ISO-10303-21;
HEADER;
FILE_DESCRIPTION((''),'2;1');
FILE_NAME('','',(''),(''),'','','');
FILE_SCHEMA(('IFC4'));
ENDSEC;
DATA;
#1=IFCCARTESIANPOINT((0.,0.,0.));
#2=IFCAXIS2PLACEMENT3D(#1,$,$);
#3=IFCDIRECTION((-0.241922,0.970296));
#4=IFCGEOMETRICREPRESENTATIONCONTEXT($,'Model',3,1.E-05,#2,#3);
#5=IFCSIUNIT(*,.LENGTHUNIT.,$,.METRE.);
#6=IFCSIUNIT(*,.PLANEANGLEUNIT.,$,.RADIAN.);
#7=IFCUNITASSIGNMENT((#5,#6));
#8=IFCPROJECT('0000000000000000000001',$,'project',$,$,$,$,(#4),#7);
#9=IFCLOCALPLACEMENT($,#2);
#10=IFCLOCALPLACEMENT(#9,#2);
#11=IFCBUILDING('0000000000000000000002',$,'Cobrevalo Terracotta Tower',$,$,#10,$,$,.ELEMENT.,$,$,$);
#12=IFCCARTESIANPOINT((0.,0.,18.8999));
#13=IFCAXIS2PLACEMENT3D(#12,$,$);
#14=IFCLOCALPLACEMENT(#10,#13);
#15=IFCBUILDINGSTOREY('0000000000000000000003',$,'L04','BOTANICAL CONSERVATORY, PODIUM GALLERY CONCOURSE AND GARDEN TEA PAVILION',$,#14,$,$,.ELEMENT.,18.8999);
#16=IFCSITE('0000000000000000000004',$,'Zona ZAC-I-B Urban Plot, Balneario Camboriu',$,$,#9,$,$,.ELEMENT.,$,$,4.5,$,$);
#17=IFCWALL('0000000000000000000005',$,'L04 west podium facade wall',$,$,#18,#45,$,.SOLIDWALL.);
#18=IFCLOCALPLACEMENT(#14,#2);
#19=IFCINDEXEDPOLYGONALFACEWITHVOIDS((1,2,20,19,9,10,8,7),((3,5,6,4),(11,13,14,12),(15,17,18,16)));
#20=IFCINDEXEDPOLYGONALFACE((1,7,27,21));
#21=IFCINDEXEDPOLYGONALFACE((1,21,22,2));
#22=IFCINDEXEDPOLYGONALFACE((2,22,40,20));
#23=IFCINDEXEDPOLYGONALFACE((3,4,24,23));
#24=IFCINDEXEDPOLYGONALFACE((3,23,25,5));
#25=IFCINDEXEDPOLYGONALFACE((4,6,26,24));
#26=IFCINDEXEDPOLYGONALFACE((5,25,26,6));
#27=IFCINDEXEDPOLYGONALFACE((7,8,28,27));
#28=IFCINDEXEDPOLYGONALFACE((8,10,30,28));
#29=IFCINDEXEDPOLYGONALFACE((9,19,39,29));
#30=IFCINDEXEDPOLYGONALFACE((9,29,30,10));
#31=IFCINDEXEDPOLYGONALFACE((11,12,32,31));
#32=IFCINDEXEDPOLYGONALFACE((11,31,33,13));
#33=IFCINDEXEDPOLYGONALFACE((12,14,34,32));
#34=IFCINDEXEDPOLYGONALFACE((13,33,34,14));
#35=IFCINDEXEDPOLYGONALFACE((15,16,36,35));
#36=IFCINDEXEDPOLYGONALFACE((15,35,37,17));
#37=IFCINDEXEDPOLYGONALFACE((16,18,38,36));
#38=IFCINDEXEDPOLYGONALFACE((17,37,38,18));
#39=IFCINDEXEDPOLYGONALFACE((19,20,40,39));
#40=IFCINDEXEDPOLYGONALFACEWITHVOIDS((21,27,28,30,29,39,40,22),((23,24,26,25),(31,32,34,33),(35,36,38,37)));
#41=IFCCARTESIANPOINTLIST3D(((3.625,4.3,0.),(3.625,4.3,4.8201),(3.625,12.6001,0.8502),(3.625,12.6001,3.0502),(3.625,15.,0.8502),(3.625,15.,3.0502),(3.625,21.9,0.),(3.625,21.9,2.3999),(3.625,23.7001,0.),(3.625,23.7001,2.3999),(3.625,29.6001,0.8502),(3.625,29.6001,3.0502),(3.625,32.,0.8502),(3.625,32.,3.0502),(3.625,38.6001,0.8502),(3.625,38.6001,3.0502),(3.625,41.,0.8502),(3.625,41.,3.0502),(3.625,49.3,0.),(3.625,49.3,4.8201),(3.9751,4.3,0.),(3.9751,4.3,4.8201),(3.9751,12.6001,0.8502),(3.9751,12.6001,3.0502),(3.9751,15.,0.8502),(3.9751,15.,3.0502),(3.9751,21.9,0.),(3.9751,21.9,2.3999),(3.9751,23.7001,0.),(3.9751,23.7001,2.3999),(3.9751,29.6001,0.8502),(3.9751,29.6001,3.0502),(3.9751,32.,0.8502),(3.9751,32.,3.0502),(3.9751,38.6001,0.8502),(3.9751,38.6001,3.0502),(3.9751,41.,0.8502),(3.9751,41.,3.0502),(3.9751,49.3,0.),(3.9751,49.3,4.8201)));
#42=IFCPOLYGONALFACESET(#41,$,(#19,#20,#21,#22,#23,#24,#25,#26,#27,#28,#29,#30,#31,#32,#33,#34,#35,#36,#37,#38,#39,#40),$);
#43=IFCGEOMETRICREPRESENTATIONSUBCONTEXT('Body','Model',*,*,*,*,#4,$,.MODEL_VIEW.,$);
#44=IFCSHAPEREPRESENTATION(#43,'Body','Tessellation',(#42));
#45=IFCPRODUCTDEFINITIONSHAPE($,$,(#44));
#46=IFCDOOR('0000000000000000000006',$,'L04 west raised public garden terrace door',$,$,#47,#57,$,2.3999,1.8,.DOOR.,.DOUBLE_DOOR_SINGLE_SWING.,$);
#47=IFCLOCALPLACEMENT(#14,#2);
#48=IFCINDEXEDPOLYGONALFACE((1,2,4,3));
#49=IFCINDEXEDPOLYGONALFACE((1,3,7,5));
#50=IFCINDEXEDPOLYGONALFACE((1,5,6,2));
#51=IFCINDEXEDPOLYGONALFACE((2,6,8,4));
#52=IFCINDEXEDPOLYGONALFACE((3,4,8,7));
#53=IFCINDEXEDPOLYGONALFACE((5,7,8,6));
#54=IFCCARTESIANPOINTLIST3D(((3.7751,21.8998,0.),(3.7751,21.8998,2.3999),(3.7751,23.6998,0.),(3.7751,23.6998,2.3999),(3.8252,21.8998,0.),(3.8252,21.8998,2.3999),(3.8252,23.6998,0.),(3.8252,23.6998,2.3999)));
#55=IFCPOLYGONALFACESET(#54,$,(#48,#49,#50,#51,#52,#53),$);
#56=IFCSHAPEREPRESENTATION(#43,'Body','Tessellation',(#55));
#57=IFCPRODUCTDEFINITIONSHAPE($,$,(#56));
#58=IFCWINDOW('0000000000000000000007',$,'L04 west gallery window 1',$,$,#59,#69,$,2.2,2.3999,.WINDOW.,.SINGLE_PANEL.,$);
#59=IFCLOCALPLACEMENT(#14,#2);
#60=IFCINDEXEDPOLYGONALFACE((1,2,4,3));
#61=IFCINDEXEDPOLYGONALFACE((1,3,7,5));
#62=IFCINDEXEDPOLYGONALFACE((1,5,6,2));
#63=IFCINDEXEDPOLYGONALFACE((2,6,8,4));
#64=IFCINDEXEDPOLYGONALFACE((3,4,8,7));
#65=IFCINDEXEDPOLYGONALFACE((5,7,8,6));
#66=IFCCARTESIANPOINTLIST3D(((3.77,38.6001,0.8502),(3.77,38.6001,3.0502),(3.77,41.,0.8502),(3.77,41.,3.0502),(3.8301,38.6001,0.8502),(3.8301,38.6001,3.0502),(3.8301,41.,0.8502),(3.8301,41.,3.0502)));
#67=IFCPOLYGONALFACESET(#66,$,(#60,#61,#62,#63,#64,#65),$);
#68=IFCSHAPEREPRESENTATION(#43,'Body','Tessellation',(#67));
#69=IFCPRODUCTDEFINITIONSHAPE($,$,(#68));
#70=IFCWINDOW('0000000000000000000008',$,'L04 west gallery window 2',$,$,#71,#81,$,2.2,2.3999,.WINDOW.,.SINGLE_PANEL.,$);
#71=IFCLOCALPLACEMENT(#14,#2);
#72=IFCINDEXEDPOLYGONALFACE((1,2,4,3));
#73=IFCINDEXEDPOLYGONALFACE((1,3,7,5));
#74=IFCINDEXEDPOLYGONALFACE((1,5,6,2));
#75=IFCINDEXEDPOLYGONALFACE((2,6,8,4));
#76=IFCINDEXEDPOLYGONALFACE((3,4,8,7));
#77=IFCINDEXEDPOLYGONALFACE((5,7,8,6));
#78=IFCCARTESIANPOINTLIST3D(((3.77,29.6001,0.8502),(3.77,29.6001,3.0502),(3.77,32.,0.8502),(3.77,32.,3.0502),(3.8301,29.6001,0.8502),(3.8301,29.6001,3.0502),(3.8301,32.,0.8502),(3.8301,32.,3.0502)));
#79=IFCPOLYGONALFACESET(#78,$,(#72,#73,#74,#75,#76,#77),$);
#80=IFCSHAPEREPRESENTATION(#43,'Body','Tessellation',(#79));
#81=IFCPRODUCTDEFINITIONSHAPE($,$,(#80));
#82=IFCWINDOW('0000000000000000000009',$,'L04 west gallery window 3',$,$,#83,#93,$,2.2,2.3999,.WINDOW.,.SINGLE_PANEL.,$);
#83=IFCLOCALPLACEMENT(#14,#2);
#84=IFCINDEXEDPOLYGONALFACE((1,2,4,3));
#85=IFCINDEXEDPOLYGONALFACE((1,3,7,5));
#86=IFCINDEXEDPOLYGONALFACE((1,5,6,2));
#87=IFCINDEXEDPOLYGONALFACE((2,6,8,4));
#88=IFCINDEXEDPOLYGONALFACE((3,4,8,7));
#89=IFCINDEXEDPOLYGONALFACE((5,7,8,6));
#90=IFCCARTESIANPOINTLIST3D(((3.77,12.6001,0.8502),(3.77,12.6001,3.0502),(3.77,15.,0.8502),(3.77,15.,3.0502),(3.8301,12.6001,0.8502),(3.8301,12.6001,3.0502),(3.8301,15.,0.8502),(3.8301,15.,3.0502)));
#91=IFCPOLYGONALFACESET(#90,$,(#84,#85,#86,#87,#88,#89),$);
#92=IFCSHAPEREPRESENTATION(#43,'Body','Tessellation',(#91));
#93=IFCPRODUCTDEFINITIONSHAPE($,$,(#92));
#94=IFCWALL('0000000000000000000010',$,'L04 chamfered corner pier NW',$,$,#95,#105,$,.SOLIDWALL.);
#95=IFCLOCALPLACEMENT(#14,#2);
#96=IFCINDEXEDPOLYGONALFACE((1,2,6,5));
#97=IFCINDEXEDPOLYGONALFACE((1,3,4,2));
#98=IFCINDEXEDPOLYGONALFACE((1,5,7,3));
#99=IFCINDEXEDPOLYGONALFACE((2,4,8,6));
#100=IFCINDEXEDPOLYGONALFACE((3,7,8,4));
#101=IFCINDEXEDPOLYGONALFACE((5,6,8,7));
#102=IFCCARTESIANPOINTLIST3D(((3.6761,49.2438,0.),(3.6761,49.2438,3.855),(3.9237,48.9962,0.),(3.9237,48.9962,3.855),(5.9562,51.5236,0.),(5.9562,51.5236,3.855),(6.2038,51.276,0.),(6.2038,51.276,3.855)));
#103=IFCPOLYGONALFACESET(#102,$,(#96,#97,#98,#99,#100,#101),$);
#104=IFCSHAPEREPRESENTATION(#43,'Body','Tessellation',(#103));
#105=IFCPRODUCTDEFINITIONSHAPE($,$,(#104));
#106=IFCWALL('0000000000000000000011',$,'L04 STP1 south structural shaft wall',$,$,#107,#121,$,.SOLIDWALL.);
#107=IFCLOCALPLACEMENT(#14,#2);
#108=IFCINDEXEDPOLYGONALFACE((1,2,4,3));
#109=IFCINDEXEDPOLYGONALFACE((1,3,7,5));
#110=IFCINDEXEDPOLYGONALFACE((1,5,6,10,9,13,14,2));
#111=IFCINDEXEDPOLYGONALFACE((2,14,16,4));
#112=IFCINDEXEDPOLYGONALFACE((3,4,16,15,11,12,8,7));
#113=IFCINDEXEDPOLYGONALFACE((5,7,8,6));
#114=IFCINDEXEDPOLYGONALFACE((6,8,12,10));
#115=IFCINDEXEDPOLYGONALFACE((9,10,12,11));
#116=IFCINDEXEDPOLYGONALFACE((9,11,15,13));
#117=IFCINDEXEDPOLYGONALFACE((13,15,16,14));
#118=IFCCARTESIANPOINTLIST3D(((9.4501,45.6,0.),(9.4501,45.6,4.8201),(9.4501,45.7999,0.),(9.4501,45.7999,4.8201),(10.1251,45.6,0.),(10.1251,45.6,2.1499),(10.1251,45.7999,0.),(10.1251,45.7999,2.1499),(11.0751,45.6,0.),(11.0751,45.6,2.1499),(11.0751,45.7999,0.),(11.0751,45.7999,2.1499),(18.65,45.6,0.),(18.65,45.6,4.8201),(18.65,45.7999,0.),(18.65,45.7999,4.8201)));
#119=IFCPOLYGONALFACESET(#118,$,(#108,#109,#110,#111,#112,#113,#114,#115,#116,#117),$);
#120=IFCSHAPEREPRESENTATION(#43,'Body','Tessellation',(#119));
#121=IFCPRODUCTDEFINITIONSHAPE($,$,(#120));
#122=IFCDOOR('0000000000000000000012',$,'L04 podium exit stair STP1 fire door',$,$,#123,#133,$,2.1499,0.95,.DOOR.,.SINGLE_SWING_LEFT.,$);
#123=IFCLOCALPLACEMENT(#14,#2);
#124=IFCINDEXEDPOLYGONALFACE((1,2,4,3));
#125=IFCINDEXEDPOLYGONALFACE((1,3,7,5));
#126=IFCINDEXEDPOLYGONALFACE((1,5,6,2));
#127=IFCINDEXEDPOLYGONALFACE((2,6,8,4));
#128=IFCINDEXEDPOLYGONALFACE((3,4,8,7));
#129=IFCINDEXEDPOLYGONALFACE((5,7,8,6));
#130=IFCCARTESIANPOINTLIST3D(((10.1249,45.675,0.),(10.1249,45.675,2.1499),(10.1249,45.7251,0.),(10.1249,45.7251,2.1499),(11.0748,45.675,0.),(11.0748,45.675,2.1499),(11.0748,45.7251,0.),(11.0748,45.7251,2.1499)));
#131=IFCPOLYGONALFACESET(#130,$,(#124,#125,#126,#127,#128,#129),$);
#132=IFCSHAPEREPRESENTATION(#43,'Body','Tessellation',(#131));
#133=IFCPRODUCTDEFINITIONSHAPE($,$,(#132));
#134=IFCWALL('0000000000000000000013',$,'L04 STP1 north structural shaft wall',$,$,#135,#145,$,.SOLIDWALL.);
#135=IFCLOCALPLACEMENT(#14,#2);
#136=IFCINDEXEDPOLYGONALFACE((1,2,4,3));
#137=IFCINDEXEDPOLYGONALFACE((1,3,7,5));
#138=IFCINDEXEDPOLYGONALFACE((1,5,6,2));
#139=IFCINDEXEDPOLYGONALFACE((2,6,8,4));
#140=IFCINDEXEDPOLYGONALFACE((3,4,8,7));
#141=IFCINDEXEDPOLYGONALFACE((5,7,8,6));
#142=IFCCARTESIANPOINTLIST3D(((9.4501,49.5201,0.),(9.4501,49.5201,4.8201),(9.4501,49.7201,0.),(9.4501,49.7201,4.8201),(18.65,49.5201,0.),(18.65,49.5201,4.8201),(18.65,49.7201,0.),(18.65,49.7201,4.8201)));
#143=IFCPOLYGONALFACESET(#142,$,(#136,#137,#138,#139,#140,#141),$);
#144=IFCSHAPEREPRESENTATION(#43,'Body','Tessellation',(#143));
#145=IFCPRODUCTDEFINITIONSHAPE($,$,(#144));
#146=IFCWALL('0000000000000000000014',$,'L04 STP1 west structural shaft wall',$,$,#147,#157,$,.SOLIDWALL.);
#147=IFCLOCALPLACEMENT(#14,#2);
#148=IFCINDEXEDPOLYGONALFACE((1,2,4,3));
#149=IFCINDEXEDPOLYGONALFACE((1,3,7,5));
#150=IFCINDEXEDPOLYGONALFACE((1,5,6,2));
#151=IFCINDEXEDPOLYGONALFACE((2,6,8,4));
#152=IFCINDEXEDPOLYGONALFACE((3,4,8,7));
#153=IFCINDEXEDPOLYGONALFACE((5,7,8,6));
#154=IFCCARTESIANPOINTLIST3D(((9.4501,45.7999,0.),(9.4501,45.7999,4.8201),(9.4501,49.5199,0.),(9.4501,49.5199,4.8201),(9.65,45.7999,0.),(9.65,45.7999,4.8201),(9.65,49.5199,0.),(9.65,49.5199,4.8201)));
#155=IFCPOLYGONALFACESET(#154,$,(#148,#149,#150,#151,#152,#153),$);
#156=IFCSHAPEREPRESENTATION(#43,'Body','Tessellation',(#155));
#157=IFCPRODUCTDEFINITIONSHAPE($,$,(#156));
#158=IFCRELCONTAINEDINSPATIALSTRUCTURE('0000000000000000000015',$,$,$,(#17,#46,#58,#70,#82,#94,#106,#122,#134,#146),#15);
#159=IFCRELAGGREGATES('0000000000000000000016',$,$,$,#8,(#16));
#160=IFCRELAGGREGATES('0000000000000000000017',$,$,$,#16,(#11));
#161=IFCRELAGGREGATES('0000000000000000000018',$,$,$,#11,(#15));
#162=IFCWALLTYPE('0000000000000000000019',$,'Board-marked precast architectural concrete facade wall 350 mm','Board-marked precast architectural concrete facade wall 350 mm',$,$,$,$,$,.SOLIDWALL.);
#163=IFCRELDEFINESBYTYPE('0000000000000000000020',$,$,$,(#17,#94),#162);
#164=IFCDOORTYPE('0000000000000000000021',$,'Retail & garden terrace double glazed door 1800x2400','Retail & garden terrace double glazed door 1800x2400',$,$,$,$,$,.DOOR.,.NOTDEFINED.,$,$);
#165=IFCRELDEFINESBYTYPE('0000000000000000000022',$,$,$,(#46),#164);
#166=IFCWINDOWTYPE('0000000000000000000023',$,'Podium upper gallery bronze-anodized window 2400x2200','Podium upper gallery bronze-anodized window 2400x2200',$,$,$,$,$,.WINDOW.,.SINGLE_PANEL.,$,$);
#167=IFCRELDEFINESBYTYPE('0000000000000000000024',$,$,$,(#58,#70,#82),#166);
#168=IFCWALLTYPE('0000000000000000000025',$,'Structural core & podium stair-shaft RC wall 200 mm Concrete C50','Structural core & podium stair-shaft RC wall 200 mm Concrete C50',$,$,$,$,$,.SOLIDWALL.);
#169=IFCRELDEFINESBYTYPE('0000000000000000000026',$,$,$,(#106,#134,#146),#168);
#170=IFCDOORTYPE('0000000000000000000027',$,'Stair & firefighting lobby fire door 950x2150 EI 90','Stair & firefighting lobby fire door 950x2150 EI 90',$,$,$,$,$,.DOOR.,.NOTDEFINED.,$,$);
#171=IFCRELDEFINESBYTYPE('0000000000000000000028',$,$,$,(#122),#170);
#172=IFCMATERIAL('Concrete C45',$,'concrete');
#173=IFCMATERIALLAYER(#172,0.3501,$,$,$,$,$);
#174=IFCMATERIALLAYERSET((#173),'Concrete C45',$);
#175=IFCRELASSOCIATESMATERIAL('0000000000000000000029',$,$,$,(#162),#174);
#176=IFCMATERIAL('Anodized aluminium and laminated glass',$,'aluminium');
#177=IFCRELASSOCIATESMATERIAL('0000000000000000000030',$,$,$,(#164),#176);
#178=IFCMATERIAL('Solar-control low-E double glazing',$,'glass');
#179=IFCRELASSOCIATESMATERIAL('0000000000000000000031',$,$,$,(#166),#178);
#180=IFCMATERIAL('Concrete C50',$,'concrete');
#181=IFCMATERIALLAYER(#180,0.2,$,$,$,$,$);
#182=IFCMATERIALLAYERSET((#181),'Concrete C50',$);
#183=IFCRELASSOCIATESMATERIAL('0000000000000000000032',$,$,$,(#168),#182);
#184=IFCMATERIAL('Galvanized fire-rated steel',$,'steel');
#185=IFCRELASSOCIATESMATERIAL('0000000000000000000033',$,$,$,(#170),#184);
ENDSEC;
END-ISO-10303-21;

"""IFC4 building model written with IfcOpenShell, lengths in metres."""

from ifc_helpers import new_model, si_unit, direction, frame, frame_2d, origin, place, context, subcontext, project, spatial, rectangle, extrude, source, transform, mapped, material, layer, layer_set, type_object, element, fill, save


model = new_model("IFC4")

# Units and contexts
model_context = context("Model", 3, precision=1e-05, world=origin(), true_north=direction((-0.241922, 0.970296)))
body_context = subcontext(model_context, "Body", "Model", "MODEL_VIEW")
ifc_project = project(units=[si_unit("LENGTHUNIT", "METRE"), si_unit("PLANEANGLEUNIT", "RADIAN")], contexts=[model_context])

# Site, building, storey
site_placement = place(None, origin())
site = spatial("IfcSite", under=ifc_project, at=site_placement, Name="Zona ZAC-I-B Urban Plot, Balneario Camboriu", CompositionType="ELEMENT", RefElevation=4.5)
building_placement = place(site_placement, origin())
building = spatial("IfcBuilding", under=site, at=building_placement, Name="Cobrevalo Terracotta Tower", CompositionType="ELEMENT")
storey_placement = place(building_placement, frame((0.0, 0.0, 18.8999)))
storey = spatial("IfcBuildingStorey", under=building, at=storey_placement, Name="L04", Description="BOTANICAL CONSERVATORY, PODIUM GALLERY CONCOURSE AND GARDEN TEA PAVILION", CompositionType="ELEMENT", Elevation=18.8999)

# Shared definitions
ifc_material_1 = material(Name="Concrete C50", Category="concrete")

# Wall, openings, door, windows
ifc_material_2 = material(Name="Concrete C45", Category="concrete")
ifc_layer_1 = layer(ifc_material_2, 0.3501)
ifc_layer_set_1 = layer_set([ifc_layer_1], Name="Concrete C45")
wall_type_1 = type_object("IfcWallType", Name="Board-marked precast architectural concrete facade wall 350 mm", Description="Board-marked precast architectural concrete facade wall 350 mm", PredefinedType="SOLIDWALL", material=ifc_layer_set_1)
wall_1_placement = place(storey_placement, frame((3.8, 49.3, 0.0), z_axis=(0.0, 0.0, 1.0), x_axis=(0.0, -1.0, 0.0)))
wall_1 = element("IfcWall", 1, at=wall_1_placement, inside=storey, type_object=wall_type_1, Name="L04 west podium facade wall", PredefinedType="SOLIDWALL", context=body_context, shape_type="SweptSolid", body=[
    extrude(rectangle(XDim=45.0, YDim=0.3501, at=frame_2d((22.5, 0.0))), origin(), (0.0, 0.0, 1.0), 4.8201),
])
opening_1_placement = place(wall_1_placement, frame((8.3, 0.0, 0.8501)))
opening_1 = element("IfcOpeningElement", 2, at=opening_1_placement, cuts=wall_1, PredefinedType="OPENING", context=body_context, shape_type="SweptSolid", body=[
    extrude(rectangle(XDim=2.3999, YDim=2.2, at=frame_2d((1.2, 1.1001))), frame((0.0, 0.1851, 0.0), z_axis=(0.0, -1.0, 0.0), x_axis=(1.0, 0.0, 0.0)), (0.0, 0.0, 1.0), 0.3701),
])
opening_2_placement = place(wall_1_placement, frame((17.3, 0.0, 0.8501)))
opening_2 = element("IfcOpeningElement", 3, at=opening_2_placement, cuts=wall_1, PredefinedType="OPENING", context=body_context, shape_type="SweptSolid", body=[
    extrude(rectangle(XDim=2.3999, YDim=2.2, at=frame_2d((1.2, 1.1001))), frame((0.0, 0.1851, 0.0), z_axis=(0.0, -1.0, 0.0), x_axis=(1.0, 0.0, 0.0)), (0.0, 0.0, 1.0), 0.3701),
])
opening_3_placement = place(wall_1_placement, frame((34.3, 0.0, 0.8501)))
opening_3 = element("IfcOpeningElement", 4, at=opening_3_placement, cuts=wall_1, PredefinedType="OPENING", context=body_context, shape_type="SweptSolid", body=[
    extrude(rectangle(XDim=2.3999, YDim=2.2, at=frame_2d((1.2, 1.1001))), frame((0.0, 0.1851, 0.0), z_axis=(0.0, -1.0, 0.0), x_axis=(1.0, 0.0, 0.0)), (0.0, 0.0, 1.0), 0.3701),
])
opening_4_placement = place(wall_1_placement, frame((25.6001, 0.0, 0.0)))
opening_4 = element("IfcOpeningElement", 5, at=opening_4_placement, cuts=wall_1, PredefinedType="OPENING", context=body_context, shape_type="SweptSolid", body=[
    extrude(rectangle(XDim=1.8, YDim=2.3999, at=frame_2d((0.8999, 1.2))), frame((0.0, 0.1851, 0.0), z_axis=(0.0, -1.0, 0.0), x_axis=(1.0, 0.0, 0.0)), (0.0, 0.0, 1.0), 0.3701),
])
ifc_material_3 = material(Name="Anodized aluminium and laminated glass", Category="aluminium")
door_type_1 = type_object("IfcDoorType", Name="Retail & garden terrace double glazed door 1800x2400", Description="Retail & garden terrace double glazed door 1800x2400", OperationType="NOTDEFINED", PredefinedType="DOOR", material=ifc_material_3)
shared_shape_1 = source(origin(), body_context, "Body", "SweptSolid", [
    extrude(rectangle(XDim=1.8, YDim=2.3999, at=frame_2d((0.8999, 1.2))), frame((0.0, 0.0249, 0.0), z_axis=(0.0, -1.0, 0.0), x_axis=(1.0, 0.0, 0.0)), (0.0, 0.0, 1.0), 0.05),
])
door_1_placement = place(opening_4_placement, frame((1.8, 0.0, 0.0), z_axis=(0.0, 0.0, 1.0), x_axis=(-1.0, 0.0, 0.0)))
door_1 = element("IfcDoor", 6, at=door_1_placement, inside=storey, type_object=door_type_1, Name="L04 west raised public garden terrace door", OperationType="DOUBLE_DOOR_SINGLE_SWING", OverallHeight=2.3999, OverallWidth=1.8, PredefinedType="DOOR", context=body_context, shape_type="MappedRepresentation", body=[
    mapped(shared_shape_1, transform((0.0, 0.0, 0.0), scale=1.0)),
])
fill(opening_4, door_1)
ifc_material_4 = material(Name="Solar-control low-E double glazing", Category="glass")
window_type = type_object("IfcWindowType", Name="Podium upper gallery bronze-anodized window 2400x2200", Description="Podium upper gallery bronze-anodized window 2400x2200", PartitioningType="SINGLE_PANEL", PredefinedType="WINDOW", material=ifc_material_4)
shared_shape_2 = source(origin(), body_context, "Body", "SweptSolid", [
    extrude(rectangle(XDim=2.3999, YDim=2.2, at=frame_2d((1.2, 1.1001))), frame((0.0, 0.03, 0.0), z_axis=(0.0, -1.0, 0.0), x_axis=(1.0, 0.0, 0.0)), (0.0, 0.0, 1.0), 0.0601),
])
window_1_placement = place(opening_1_placement, origin())
window_1 = element("IfcWindow", 7, at=window_1_placement, inside=storey, type_object=window_type, Name="L04 west gallery window 1", OverallHeight=2.2, OverallWidth=2.3999, PartitioningType="SINGLE_PANEL", PredefinedType="WINDOW", context=body_context, shape_type="MappedRepresentation", body=[
    mapped(shared_shape_2, transform((0.0, 0.0, 0.0), scale=1.0)),
])
fill(opening_1, window_1)
window_2_placement = place(opening_2_placement, origin())
window_2 = element("IfcWindow", 8, at=window_2_placement, inside=storey, type_object=window_type, Name="L04 west gallery window 2", OverallHeight=2.2, OverallWidth=2.3999, PartitioningType="SINGLE_PANEL", PredefinedType="WINDOW", context=body_context, shape_type="MappedRepresentation", body=[
    mapped(shared_shape_2, transform((0.0, 0.0, 0.0), scale=1.0)),
])
fill(opening_2, window_2)
window_3_placement = place(opening_3_placement, origin())
window_3 = element("IfcWindow", 9, at=window_3_placement, inside=storey, type_object=window_type, Name="L04 west gallery window 3", OverallHeight=2.2, OverallWidth=2.3999, PartitioningType="SINGLE_PANEL", PredefinedType="WINDOW", context=body_context, shape_type="MappedRepresentation", body=[
    mapped(shared_shape_2, transform((0.0, 0.0, 0.0), scale=1.0)),
])
fill(opening_3, window_3)

# Wall
wall_2_placement = place(storey_placement, frame((6.0801, 51.3999, 0.0), z_axis=(0.0, 0.0, 1.0), x_axis=(-0.707145, -0.707069, 0.0)))
element("IfcWall", 10, at=wall_2_placement, inside=storey, type_object=wall_type_1, Name="L04 chamfered corner pier NW", PredefinedType="SOLIDWALL", context=body_context, shape_type="SweptSolid", body=[
    extrude(rectangle(XDim=3.2244, YDim=0.3501, at=frame_2d((1.6123, 0.0))), origin(), (0.0, 0.0, 1.0), 3.855),
])

# Wall, opening, door
ifc_layer_2 = layer(ifc_material_1, 0.2)
ifc_layer_set_2 = layer_set([ifc_layer_2], Name="Concrete C50")
wall_type_2 = type_object("IfcWallType", Name="Structural core & podium stair-shaft RC wall 200 mm Concrete C50", Description="Structural core & podium stair-shaft RC wall 200 mm Concrete C50", PredefinedType="SOLIDWALL", material=ifc_layer_set_2)
wall_3_placement = place(storey_placement, frame((9.45, 45.7, 0.0), z_axis=(0.0, 0.0, 1.0), x_axis=(1.0, 0.0, 0.0)))
wall_3 = element("IfcWall", 11, at=wall_3_placement, inside=storey, type_object=wall_type_2, Name="L04 STP1 south structural shaft wall", PredefinedType="SOLIDWALL", context=body_context, shape_type="SweptSolid", body=[
    extrude(rectangle(XDim=9.2, YDim=0.2, at=frame_2d((4.6001, 0.0))), origin(), (0.0, 0.0, 1.0), 4.8201),
])
opening_5_placement = place(wall_3_placement, frame((0.675, 0.0, 0.0)))
opening_5 = element("IfcOpeningElement", 12, at=opening_5_placement, cuts=wall_3, PredefinedType="OPENING", context=body_context, shape_type="SweptSolid", body=[
    extrude(rectangle(XDim=0.95, YDim=2.1499, at=frame_2d((0.4751, 1.075))), frame((0.0, 0.1099, 0.0), z_axis=(0.0, -1.0, 0.0), x_axis=(1.0, 0.0, 0.0)), (0.0, 0.0, 1.0), 0.22),
])
ifc_material_5 = material(Name="Galvanized fire-rated steel", Category="steel")
door_type_2 = type_object("IfcDoorType", Name="Stair & firefighting lobby fire door 950x2150 EI 90", Description="Stair & firefighting lobby fire door 950x2150 EI 90", OperationType="NOTDEFINED", PredefinedType="DOOR", material=ifc_material_5)
shared_shape_3 = source(origin(), body_context, "Body", "SweptSolid", [
    extrude(rectangle(XDim=0.95, YDim=2.1499, at=frame_2d((0.4751, 1.075))), frame((0.0, 0.0249, 0.0), z_axis=(0.0, -1.0, 0.0), x_axis=(1.0, 0.0, 0.0)), (0.0, 0.0, 1.0), 0.05),
])
door_2_placement = place(opening_5_placement, frame((0.95, 0.0, 0.0), z_axis=(0.0, 0.0, 1.0), x_axis=(-1.0, 0.0, 0.0)))
door_2 = element("IfcDoor", 13, at=door_2_placement, inside=storey, type_object=door_type_2, Name="L04 podium exit stair STP1 fire door", OperationType="SINGLE_SWING_LEFT", OverallHeight=2.1499, OverallWidth=0.95, PredefinedType="DOOR", context=body_context, shape_type="MappedRepresentation", body=[
    mapped(shared_shape_3, transform((0.0, 0.0, 0.0), scale=1.0)),
])
fill(opening_5, door_2)

# Walls
wall_4_placement = place(storey_placement, frame((9.45, 49.6201, 0.0), z_axis=(0.0, 0.0, 1.0), x_axis=(1.0, 0.0, 0.0)))
element("IfcWall", 14, at=wall_4_placement, inside=storey, type_object=wall_type_2, Name="L04 STP1 north structural shaft wall", PredefinedType="SOLIDWALL", context=body_context, shape_type="SweptSolid", body=[
    extrude(rectangle(XDim=9.2, YDim=0.2, at=frame_2d((4.6001, 0.0))), origin(), (0.0, 0.0, 1.0), 4.8201),
])
wall_5_placement = place(storey_placement, frame((9.55, 45.8, 0.0), z_axis=(0.0, 0.0, 1.0), x_axis=(0.0, 1.0, 0.0)))
element("IfcWall", 15, at=wall_5_placement, inside=storey, type_object=wall_type_2, Name="L04 STP1 west structural shaft wall", PredefinedType="SOLIDWALL", context=body_context, shape_type="SweptSolid", body=[
    extrude(rectangle(XDim=3.72, YDim=0.2, at=frame_2d((1.8599, 0.0))), origin(), (0.0, 0.0, 1.0), 4.8201),
])

save(model, "model.ifc")
